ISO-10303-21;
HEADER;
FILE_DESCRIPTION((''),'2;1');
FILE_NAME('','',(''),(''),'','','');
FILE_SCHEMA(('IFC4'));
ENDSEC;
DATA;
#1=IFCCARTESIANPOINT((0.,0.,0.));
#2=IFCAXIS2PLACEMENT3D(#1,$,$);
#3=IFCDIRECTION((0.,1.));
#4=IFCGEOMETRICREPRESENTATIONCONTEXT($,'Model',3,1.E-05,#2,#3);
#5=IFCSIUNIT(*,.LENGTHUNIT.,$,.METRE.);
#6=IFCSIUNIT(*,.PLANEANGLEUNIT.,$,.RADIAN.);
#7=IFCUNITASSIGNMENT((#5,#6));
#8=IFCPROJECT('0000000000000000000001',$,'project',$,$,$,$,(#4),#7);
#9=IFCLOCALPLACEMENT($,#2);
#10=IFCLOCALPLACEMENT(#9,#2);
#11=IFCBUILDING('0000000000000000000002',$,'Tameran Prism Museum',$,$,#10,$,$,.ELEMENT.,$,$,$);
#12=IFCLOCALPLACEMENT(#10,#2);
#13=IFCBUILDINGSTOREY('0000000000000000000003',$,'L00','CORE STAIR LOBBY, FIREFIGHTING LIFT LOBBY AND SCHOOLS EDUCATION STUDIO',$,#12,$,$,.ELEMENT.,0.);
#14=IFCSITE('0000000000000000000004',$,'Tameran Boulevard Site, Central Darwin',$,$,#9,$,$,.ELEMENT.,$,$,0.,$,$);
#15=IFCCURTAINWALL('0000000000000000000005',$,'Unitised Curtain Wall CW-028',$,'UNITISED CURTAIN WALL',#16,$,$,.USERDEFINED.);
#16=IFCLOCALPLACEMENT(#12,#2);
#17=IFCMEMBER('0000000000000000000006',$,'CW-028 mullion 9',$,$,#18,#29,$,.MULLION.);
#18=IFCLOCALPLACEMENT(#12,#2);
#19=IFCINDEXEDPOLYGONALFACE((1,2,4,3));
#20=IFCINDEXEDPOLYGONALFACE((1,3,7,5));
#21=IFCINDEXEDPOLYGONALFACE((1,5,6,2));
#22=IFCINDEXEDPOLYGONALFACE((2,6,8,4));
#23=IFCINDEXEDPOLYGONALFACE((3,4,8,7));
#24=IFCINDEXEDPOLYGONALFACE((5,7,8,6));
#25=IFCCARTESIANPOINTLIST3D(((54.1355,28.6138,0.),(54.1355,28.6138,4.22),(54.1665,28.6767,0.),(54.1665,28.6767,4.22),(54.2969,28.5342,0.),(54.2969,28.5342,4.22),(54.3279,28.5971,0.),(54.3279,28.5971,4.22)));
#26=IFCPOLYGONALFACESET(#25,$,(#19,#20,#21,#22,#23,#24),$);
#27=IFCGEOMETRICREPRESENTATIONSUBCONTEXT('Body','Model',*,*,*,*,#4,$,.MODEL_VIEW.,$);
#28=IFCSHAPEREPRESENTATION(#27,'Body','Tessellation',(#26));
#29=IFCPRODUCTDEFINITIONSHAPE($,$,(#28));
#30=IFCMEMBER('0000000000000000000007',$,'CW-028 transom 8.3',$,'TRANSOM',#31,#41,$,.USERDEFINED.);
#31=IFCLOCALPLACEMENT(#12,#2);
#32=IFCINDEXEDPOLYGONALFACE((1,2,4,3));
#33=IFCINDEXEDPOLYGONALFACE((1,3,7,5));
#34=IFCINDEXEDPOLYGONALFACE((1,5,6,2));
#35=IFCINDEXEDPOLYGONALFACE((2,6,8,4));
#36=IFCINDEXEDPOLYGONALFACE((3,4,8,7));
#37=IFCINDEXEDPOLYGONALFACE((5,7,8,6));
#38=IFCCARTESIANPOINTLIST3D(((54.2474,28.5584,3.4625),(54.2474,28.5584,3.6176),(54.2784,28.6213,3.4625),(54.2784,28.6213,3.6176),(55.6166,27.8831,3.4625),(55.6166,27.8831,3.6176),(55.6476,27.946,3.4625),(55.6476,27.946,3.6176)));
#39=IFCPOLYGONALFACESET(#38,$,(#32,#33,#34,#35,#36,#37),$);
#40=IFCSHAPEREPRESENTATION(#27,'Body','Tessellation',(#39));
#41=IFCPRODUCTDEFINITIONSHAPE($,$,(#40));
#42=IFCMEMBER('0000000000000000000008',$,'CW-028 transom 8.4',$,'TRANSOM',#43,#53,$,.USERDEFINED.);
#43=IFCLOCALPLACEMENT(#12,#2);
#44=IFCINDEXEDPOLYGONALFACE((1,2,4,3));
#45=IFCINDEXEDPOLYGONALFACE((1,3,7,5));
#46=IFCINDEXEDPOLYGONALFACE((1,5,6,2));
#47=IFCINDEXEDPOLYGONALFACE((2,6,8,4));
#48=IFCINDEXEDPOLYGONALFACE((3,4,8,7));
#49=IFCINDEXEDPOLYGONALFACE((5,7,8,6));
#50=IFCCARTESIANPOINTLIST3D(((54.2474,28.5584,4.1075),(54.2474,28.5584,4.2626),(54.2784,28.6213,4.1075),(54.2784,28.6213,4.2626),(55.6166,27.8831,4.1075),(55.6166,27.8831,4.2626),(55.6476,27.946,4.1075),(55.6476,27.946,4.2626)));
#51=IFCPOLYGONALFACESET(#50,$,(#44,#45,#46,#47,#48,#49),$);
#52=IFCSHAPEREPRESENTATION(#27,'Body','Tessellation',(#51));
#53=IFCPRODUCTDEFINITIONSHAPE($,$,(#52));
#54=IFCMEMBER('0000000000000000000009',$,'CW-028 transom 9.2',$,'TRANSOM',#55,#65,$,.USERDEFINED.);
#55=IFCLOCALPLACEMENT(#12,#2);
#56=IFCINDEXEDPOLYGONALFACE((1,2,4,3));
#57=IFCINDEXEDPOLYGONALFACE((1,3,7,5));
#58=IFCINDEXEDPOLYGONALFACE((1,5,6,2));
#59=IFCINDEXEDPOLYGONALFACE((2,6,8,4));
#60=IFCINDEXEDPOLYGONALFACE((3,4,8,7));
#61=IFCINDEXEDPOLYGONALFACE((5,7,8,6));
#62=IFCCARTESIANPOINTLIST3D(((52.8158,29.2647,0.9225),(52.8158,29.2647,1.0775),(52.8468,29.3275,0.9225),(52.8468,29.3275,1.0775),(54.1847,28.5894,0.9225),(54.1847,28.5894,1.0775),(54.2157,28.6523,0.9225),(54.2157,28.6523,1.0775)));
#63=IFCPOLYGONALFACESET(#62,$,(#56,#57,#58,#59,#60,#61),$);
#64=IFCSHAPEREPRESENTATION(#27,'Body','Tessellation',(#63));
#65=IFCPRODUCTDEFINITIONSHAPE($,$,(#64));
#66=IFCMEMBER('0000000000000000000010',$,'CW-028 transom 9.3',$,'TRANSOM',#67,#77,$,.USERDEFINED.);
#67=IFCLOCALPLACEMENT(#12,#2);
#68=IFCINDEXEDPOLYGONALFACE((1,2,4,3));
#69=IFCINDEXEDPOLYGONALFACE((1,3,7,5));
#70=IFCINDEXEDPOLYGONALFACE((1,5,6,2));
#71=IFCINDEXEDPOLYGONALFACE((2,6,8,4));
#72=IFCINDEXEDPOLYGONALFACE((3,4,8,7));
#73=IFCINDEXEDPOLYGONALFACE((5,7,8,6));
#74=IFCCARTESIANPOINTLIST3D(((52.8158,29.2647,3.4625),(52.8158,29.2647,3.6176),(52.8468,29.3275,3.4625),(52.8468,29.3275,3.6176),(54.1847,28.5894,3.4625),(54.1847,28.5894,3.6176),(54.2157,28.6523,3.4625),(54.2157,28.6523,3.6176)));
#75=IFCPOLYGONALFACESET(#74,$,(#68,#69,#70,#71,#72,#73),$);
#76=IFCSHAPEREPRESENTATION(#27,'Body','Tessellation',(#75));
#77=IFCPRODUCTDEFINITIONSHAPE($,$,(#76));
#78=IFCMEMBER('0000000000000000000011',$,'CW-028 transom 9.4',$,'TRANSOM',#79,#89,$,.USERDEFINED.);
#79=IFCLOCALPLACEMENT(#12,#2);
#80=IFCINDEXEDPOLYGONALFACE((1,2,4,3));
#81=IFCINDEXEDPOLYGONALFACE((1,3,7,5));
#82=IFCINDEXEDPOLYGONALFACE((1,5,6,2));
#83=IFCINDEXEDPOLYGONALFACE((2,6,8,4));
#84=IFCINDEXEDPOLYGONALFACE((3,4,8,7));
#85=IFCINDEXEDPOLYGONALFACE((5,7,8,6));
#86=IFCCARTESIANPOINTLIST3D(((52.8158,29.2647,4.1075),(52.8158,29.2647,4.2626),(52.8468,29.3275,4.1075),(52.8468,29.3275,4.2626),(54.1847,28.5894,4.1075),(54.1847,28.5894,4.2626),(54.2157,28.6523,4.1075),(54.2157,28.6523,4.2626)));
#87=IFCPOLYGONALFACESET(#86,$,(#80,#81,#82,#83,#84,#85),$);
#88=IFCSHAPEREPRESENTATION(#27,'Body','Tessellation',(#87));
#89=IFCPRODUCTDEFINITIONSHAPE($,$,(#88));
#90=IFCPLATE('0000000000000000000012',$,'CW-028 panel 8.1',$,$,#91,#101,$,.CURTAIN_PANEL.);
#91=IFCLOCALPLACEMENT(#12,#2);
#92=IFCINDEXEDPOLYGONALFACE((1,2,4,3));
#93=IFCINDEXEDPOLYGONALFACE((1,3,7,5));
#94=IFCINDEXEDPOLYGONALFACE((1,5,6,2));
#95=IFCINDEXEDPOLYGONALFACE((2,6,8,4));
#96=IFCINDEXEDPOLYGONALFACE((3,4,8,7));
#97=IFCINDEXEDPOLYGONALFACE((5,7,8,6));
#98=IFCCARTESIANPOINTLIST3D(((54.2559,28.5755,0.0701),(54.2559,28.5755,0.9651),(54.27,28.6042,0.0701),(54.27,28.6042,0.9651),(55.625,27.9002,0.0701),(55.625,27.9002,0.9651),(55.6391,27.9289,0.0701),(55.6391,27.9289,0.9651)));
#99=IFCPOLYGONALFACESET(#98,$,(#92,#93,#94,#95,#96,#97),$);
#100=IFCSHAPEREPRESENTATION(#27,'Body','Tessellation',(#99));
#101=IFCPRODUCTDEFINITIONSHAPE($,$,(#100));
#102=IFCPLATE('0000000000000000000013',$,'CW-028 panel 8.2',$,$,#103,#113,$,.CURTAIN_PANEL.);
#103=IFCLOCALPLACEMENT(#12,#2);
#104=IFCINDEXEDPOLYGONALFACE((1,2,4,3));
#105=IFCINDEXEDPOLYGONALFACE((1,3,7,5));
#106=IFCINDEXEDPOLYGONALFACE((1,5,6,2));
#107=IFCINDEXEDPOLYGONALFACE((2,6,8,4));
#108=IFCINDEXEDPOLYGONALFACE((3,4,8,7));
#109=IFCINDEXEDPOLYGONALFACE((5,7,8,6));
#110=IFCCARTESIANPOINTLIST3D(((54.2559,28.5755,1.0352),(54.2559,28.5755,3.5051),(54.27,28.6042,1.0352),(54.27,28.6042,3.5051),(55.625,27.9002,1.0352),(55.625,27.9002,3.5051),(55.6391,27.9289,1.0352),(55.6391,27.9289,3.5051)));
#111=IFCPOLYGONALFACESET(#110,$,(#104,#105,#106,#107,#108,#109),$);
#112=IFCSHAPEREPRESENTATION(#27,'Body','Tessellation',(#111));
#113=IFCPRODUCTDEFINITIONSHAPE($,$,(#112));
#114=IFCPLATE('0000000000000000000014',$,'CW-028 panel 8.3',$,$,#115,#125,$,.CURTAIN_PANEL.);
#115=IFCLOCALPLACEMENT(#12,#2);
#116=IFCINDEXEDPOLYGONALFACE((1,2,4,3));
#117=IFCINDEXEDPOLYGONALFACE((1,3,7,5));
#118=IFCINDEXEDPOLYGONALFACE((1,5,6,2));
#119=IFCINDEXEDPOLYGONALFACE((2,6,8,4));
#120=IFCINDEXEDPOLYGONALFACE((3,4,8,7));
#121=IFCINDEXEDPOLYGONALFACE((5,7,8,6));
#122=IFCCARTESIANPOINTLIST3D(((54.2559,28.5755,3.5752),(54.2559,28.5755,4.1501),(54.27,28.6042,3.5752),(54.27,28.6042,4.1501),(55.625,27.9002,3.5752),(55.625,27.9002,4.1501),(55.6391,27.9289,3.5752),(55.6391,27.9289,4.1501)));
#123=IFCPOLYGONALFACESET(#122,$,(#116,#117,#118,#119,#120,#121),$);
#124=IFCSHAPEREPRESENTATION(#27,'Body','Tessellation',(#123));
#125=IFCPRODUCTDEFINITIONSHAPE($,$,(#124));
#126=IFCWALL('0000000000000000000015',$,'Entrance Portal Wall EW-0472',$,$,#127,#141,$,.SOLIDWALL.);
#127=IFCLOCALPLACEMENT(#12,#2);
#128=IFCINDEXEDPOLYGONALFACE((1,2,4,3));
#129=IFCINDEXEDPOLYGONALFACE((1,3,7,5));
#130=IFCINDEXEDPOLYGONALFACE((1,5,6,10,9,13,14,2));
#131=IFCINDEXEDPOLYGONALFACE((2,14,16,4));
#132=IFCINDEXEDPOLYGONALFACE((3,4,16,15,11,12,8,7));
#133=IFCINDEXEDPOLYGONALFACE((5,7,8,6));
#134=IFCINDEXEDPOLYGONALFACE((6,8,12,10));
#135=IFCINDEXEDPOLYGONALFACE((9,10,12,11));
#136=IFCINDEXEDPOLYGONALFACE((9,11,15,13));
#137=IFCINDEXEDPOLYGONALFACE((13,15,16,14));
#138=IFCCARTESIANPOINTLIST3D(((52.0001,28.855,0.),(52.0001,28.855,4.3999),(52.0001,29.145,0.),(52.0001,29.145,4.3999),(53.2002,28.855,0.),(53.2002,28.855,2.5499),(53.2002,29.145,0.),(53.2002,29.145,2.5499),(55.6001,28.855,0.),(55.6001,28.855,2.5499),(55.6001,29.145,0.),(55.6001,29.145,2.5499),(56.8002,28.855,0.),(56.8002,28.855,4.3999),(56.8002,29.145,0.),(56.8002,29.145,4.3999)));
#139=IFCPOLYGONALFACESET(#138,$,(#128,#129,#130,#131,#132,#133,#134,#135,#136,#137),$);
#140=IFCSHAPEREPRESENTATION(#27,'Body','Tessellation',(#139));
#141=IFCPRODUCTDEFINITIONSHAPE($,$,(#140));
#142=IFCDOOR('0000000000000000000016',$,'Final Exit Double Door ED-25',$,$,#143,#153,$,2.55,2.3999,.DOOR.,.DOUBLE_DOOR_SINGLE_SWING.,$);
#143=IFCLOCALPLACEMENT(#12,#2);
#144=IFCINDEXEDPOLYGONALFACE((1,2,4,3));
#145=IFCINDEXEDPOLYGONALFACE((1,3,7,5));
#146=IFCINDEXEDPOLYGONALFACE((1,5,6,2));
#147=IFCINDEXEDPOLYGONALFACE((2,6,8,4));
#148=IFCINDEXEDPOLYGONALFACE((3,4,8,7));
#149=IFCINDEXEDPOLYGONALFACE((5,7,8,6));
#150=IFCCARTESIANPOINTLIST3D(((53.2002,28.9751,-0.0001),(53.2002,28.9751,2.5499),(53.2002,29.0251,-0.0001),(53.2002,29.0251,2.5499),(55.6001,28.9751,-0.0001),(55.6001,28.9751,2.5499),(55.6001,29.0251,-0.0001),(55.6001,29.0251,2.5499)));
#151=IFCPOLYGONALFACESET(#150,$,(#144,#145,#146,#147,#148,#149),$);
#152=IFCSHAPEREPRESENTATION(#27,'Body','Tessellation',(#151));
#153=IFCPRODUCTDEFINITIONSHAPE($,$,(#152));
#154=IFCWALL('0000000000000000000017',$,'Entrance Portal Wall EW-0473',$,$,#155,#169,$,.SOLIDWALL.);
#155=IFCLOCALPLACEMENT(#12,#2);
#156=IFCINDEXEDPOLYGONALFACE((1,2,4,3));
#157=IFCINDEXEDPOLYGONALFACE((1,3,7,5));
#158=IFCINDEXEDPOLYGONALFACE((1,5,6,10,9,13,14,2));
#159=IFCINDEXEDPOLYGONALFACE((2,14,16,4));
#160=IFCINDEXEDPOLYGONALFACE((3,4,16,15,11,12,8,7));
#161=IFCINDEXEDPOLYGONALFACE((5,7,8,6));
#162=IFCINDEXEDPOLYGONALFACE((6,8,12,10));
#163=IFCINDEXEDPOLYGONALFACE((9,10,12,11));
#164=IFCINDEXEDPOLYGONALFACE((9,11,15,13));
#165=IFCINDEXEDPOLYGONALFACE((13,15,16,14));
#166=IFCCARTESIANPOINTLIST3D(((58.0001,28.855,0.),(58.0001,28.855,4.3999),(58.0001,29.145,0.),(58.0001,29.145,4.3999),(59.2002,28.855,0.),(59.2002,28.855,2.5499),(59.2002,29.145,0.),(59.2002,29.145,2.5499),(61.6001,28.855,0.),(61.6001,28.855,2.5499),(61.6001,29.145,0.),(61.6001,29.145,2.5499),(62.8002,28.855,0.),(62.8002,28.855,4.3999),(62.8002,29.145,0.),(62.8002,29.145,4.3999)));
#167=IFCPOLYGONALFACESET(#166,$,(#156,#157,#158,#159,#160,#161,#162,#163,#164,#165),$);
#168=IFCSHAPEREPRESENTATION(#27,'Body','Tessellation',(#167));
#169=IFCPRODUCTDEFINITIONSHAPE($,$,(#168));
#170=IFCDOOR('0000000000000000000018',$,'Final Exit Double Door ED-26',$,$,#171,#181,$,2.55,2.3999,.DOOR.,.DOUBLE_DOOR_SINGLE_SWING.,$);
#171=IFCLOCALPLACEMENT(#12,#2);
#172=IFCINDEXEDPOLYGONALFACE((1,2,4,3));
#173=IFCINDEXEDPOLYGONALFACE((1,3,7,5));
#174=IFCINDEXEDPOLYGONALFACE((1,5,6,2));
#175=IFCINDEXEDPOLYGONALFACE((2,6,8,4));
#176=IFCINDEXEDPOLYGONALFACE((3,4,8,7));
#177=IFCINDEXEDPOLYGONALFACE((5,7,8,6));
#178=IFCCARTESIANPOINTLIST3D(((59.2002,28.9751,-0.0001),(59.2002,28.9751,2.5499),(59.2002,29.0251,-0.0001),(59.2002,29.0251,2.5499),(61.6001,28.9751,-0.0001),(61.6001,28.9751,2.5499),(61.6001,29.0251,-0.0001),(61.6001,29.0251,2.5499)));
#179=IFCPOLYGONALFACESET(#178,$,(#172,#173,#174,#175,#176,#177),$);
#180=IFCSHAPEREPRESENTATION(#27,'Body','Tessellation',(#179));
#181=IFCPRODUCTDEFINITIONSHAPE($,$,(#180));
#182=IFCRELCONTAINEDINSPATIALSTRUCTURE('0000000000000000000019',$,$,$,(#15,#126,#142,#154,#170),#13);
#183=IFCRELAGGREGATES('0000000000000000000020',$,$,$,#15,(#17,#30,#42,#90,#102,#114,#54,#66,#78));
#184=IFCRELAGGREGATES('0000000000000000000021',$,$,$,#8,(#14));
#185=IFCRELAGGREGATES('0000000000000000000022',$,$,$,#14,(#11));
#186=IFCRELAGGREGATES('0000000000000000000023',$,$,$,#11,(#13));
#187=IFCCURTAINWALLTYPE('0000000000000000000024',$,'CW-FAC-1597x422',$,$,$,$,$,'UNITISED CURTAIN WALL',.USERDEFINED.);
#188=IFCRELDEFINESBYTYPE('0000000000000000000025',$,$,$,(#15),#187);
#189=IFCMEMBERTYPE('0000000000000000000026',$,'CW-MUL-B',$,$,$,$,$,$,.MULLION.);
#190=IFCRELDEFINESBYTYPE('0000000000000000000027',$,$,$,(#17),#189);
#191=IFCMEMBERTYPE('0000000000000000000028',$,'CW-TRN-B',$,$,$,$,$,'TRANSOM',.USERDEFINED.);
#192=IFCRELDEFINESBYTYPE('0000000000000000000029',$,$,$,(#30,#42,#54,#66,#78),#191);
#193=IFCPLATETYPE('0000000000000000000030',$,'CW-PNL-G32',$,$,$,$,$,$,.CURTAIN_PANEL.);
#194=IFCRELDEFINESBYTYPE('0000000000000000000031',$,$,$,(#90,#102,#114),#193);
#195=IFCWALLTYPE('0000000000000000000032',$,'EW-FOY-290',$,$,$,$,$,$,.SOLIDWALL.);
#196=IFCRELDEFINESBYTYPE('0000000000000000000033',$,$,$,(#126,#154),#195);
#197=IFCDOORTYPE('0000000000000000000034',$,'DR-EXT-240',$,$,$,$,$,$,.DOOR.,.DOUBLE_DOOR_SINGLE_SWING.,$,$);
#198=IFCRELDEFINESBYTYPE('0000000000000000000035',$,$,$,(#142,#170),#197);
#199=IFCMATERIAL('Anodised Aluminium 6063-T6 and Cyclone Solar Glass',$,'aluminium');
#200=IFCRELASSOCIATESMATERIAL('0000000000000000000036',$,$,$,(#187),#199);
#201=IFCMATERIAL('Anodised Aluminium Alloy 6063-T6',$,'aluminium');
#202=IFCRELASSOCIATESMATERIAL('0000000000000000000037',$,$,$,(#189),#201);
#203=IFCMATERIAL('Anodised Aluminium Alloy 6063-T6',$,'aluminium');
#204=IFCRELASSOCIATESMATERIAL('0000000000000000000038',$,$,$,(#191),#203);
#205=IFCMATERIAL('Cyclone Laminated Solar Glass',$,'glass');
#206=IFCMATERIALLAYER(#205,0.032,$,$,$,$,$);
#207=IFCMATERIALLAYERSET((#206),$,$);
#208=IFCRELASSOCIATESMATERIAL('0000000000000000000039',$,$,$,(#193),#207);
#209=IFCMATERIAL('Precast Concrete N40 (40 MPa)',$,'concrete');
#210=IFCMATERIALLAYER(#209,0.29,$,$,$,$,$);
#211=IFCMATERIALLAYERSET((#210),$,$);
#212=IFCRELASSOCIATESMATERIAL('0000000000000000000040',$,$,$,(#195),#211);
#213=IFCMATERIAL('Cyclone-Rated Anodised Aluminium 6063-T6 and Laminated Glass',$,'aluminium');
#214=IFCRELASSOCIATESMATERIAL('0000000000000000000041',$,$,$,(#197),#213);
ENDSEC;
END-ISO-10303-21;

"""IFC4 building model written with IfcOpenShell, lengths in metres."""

from ifc_helpers import new_model, si_unit, direction, frame, frame_2d, origin, origin_2d, place, context, subcontext, project, spatial, rectangle, extrude, material, layer, layer_set, material_profile, profile_set, type_object, element, fill, aggregate, save


model = new_model("IFC4")

# Units and contexts
model_context = context("Model", 3, precision=1e-05, world=origin(), true_north=direction((0.0, 1.0)))
body_context = subcontext(model_context, "Body", "Model", "MODEL_VIEW")
ifc_project = project(units=[si_unit("LENGTHUNIT", "METRE"), si_unit("PLANEANGLEUNIT", "RADIAN")], contexts=[model_context])

# Site, building, storey
site_placement = place(None, origin())
site = spatial("IfcSite", under=ifc_project, at=site_placement, Name="Tameran Boulevard Site, Central Darwin", CompositionType="ELEMENT", RefElevation=0.0)
building_placement = place(site_placement, origin())
building = spatial("IfcBuilding", under=site, at=building_placement, Name="Tameran Prism Museum", CompositionType="ELEMENT")
storey_placement = place(building_placement, origin())
storey = spatial("IfcBuildingStorey", under=building, at=storey_placement, Name="L00", Description="CORE STAIR LOBBY, FIREFIGHTING LIFT LOBBY AND SCHOOLS EDUCATION STUDIO", CompositionType="ELEMENT", Elevation=0.0)

# Curtain wall, members, plates
ifc_material_1 = material(Name="Anodised Aluminium 6063-T6 and Cyclone Solar Glass", Category="aluminium")
curtain_wall_type = type_object("IfcCurtainWallType", Name="CW-FAC-1597x422", ElementType="UNITISED CURTAIN WALL", PredefinedType="USERDEFINED", material=ifc_material_1)
curtain_wall_placement = place(storey_placement, origin())
curtain_wall = element("IfcCurtainWall", 1, at=curtain_wall_placement, inside=storey, type_object=curtain_wall_type, Name="Unitised Curtain Wall CW-028", ObjectType="UNITISED CURTAIN WALL", PredefinedType="USERDEFINED")
ifc_material_2 = material(Name="Anodised Aluminium Alloy 6063-T6", Category="aluminium")
ifc_material_profile_1 = material_profile(ifc_material_2, rectangle(XDim=0.0701, YDim=0.1799, at=origin_2d()))
ifc_profile_set_1 = profile_set([ifc_material_profile_1])
member_type_1 = type_object("IfcMemberType", Name="CW-MUL-B", PredefinedType="MULLION", material=ifc_profile_set_1)
member_1_placement = place(storey_placement, frame((54.2317, 28.6055, 0.0), z_axis=(0.0, 0.0, 1.0), x_axis=(-0.442397, -0.896819, 0.0)))
member_1 = element("IfcMember", 2, at=member_1_placement, type_object=member_type_1, Name="CW-028 mullion 9", PredefinedType="MULLION", context=body_context, shape_type="SweptSolid", body=[
    extrude(rectangle(XDim=0.0701, YDim=0.1799, at=origin_2d()), origin(), (0.0, 0.0, 1.0), 4.22),
])
ifc_material_3 = material(Name="Anodised Aluminium Alloy 6063-T6", Category="aluminium")
ifc_material_profile_2 = material_profile(ifc_material_3, rectangle(XDim=0.0701, YDim=0.155, at=origin_2d()))
ifc_profile_set_2 = profile_set([ifc_material_profile_2])
member_type_2 = type_object("IfcMemberType", Name="CW-TRN-B", ElementType="TRANSOM", PredefinedType="USERDEFINED", material=ifc_profile_set_2)
member_2_placement = place(storey_placement, frame((55.6321, 27.9146, 3.54), z_axis=(-0.896845, 0.442345, 0.0), x_axis=(-0.442345, -0.896845, 0.0)))
member_2 = element("IfcMember", 3, at=member_2_placement, type_object=member_type_2, Name="CW-028 transom 8.3", ObjectType="TRANSOM", PredefinedType="USERDEFINED", context=body_context, shape_type="SweptSolid", body=[
    extrude(rectangle(XDim=0.0701, YDim=0.155, at=origin_2d()), origin(), (0.0, 0.0, 1.0), 1.5266),
])
member_3_placement = place(storey_placement, frame((55.6321, 27.9146, 4.1851), z_axis=(-0.896845, 0.442345, 0.0), x_axis=(-0.442345, -0.896845, 0.0)))
member_3 = element("IfcMember", 4, at=member_3_placement, type_object=member_type_2, Name="CW-028 transom 8.4", ObjectType="TRANSOM", PredefinedType="USERDEFINED", context=body_context, shape_type="SweptSolid", body=[
    extrude(rectangle(XDim=0.0701, YDim=0.155, at=origin_2d()), origin(), (0.0, 0.0, 1.0), 1.5266),
])
member_4_placement = place(storey_placement, frame((54.2002, 28.6208, 1.0), z_axis=(-0.896813, 0.442409, 0.0), x_axis=(-0.442409, -0.896813, 0.0)))
member_4 = element("IfcMember", 5, at=member_4_placement, type_object=member_type_2, Name="CW-028 transom 9.2", ObjectType="TRANSOM", PredefinedType="USERDEFINED", context=body_context, shape_type="SweptSolid", body=[
    extrude(rectangle(XDim=0.0701, YDim=0.155, at=origin_2d()), origin(), (0.0, 0.0, 1.0), 1.5264),
])
member_5_placement = place(storey_placement, frame((54.2002, 28.6208, 3.54), z_axis=(-0.896813, 0.442409, 0.0), x_axis=(-0.442409, -0.896813, 0.0)))
member_5 = element("IfcMember", 6, at=member_5_placement, type_object=member_type_2, Name="CW-028 transom 9.3", ObjectType="TRANSOM", PredefinedType="USERDEFINED", context=body_context, shape_type="SweptSolid", body=[
    extrude(rectangle(XDim=0.0701, YDim=0.155, at=origin_2d()), origin(), (0.0, 0.0, 1.0), 1.5264),
])
member_6_placement = place(storey_placement, frame((54.2002, 28.6208, 4.1851), z_axis=(-0.896813, 0.442409, 0.0), x_axis=(-0.442409, -0.896813, 0.0)))
member_6 = element("IfcMember", 7, at=member_6_placement, type_object=member_type_2, Name="CW-028 transom 9.4", ObjectType="TRANSOM", PredefinedType="USERDEFINED", context=body_context, shape_type="SweptSolid", body=[
    extrude(rectangle(XDim=0.0701, YDim=0.155, at=origin_2d()), origin(), (0.0, 0.0, 1.0), 1.5264),
])
ifc_material_4 = material(Name="Cyclone Laminated Solar Glass", Category="glass")
ifc_layer_1 = layer(ifc_material_4, 0.032)
ifc_layer_set_1 = layer_set([ifc_layer_1])
plate_type = type_object("IfcPlateType", Name="CW-PNL-G32", PredefinedType="CURTAIN_PANEL", material=ifc_layer_set_1)
plate_1_placement = place(storey_placement, frame((54.9475, 28.2522, 0.0701), z_axis=(0.0, 0.0, 1.0), x_axis=(-0.896819, 0.442397, 0.0)))
plate_1 = element("IfcPlate", 8, at=plate_1_placement, type_object=plate_type, Name="CW-028 panel 8.1", PredefinedType="CURTAIN_PANEL", context=body_context, shape_type="SweptSolid", body=[
    extrude(rectangle(XDim=1.5266, YDim=0.032, at=origin_2d()), origin(), (0.0, 0.0, 1.0), 0.895),
])
plate_2_placement = place(storey_placement, frame((54.9475, 28.2522, 1.0352), z_axis=(0.0, 0.0, 1.0), x_axis=(-0.896819, 0.442397, 0.0)))
plate_2 = element("IfcPlate", 9, at=plate_2_placement, type_object=plate_type, Name="CW-028 panel 8.2", PredefinedType="CURTAIN_PANEL", context=body_context, shape_type="SweptSolid", body=[
    extrude(rectangle(XDim=1.5266, YDim=0.032, at=origin_2d()), origin(), (0.0, 0.0, 1.0), 2.47),
])
plate_3_placement = place(storey_placement, frame((54.9475, 28.2522, 3.5752), z_axis=(0.0, 0.0, 1.0), x_axis=(-0.896819, 0.442397, 0.0)))
plate_3 = element("IfcPlate", 10, at=plate_3_placement, type_object=plate_type, Name="CW-028 panel 8.3", PredefinedType="CURTAIN_PANEL", context=body_context, shape_type="SweptSolid", body=[
    extrude(rectangle(XDim=1.5266, YDim=0.032, at=origin_2d()), origin(), (0.0, 0.0, 1.0), 0.575),
])
aggregate(curtain_wall, [member_1, member_2, member_3, plate_1, plate_2, plate_3, member_4, member_5, member_6])

# Walls, openings, doors
ifc_material_5 = material(Name="Precast Concrete N40 (40 MPa)", Category="concrete")
ifc_layer_2 = layer(ifc_material_5, 0.29)
ifc_layer_set_2 = layer_set([ifc_layer_2])
wall_type_1 = type_object("IfcWallType", Name="EW-FOY-290", PredefinedType="SOLIDWALL", material=ifc_layer_set_2)
wall_1_placement = place(storey_placement, frame((56.8, 29.0, 0.0), z_axis=(0.0, 0.0, 1.0), x_axis=(-1.0, 0.0, 0.0)))
wall_1 = element("IfcWall", 11, at=wall_1_placement, inside=storey, type_object=wall_type_1, Name="Entrance Portal Wall EW-0472", PredefinedType="SOLIDWALL", context=body_context, shape_type="SweptSolid", body=[
    extrude(rectangle(XDim=4.8, YDim=0.29, at=frame_2d((2.3999, 0.0))), origin(), (0.0, 0.0, 1.0), 4.3999),
])
opening_1_placement = place(wall_1_placement, frame((1.2, 0.0, 0.0)))
opening_1 = element("IfcOpeningElement", 12, at=opening_1_placement, cuts=wall_1, PredefinedType="OPENING", context=body_context, shape_type="SweptSolid", body=[
    extrude(rectangle(XDim=2.3999, YDim=2.55, at=frame_2d((1.2, 1.2749))), frame((0.0, 0.155, 0.0), z_axis=(0.0, -1.0, 0.0), x_axis=(1.0, 0.0, 0.0)), (0.0, 0.0, 1.0), 0.3101),
])
ifc_material_6 = material(Name="Cyclone-Rated Anodised Aluminium 6063-T6 and Laminated Glass", Category="aluminium")
door_type_1 = type_object("IfcDoorType", Name="DR-EXT-240", OperationType="DOUBLE_DOOR_SINGLE_SWING", PredefinedType="DOOR", material=ifc_material_6)
door_1_placement = place(opening_1_placement, origin())
door_1 = element("IfcDoor", 13, at=door_1_placement, inside=storey, type_object=door_type_1, Name="Final Exit Double Door ED-25", OperationType="DOUBLE_DOOR_SINGLE_SWING", OverallHeight=2.55, OverallWidth=2.3999, PredefinedType="DOOR", context=body_context, shape_type="SweptSolid", body=[
    extrude(rectangle(XDim=2.3999, YDim=2.55, at=frame_2d((1.2, 1.2749))), frame((0.0, 0.0249, 0.0), z_axis=(0.0, -1.0, 0.0), x_axis=(1.0, 0.0, 0.0)), (0.0, 0.0, 1.0), 0.05),
])
fill(opening_1, door_1)
wall_2_placement = place(storey_placement, frame((62.8, 29.0, 0.0), z_axis=(0.0, 0.0, 1.0), x_axis=(-1.0, 0.0, 0.0)))
wall_2 = element("IfcWall", 14, at=wall_2_placement, inside=storey, type_object=wall_type_1, Name="Entrance Portal Wall EW-0473", PredefinedType="SOLIDWALL", context=body_context, shape_type="SweptSolid", body=[
    extrude(rectangle(XDim=4.8, YDim=0.29, at=frame_2d((2.3999, 0.0))), origin(), (0.0, 0.0, 1.0), 4.3999),
])
opening_2_placement = place(wall_2_placement, frame((1.2, 0.0, 0.0)))
opening_2 = element("IfcOpeningElement", 15, at=opening_2_placement, cuts=wall_2, PredefinedType="OPENING", context=body_context, shape_type="SweptSolid", body=[
    extrude(rectangle(XDim=2.3999, YDim=2.55, at=frame_2d((1.2, 1.2749))), frame((0.0, 0.155, 0.0), z_axis=(0.0, -1.0, 0.0), x_axis=(1.0, 0.0, 0.0)), (0.0, 0.0, 1.0), 0.3101),
])
door_2_placement = place(opening_2_placement, origin())
door_2 = element("IfcDoor", 16, at=door_2_placement, inside=storey, type_object=door_type_1, Name="Final Exit Double Door ED-26", OperationType="DOUBLE_DOOR_SINGLE_SWING", OverallHeight=2.55, OverallWidth=2.3999, PredefinedType="DOOR", context=body_context, shape_type="SweptSolid", body=[
    extrude(rectangle(XDim=2.3999, YDim=2.55, at=frame_2d((1.2, 1.2749))), frame((0.0, 0.0249, 0.0), z_axis=(0.0, -1.0, 0.0), x_axis=(1.0, 0.0, 0.0)), (0.0, 0.0, 1.0), 0.05),
])
fill(opening_2, door_2)

save(model, "model.ifc")
